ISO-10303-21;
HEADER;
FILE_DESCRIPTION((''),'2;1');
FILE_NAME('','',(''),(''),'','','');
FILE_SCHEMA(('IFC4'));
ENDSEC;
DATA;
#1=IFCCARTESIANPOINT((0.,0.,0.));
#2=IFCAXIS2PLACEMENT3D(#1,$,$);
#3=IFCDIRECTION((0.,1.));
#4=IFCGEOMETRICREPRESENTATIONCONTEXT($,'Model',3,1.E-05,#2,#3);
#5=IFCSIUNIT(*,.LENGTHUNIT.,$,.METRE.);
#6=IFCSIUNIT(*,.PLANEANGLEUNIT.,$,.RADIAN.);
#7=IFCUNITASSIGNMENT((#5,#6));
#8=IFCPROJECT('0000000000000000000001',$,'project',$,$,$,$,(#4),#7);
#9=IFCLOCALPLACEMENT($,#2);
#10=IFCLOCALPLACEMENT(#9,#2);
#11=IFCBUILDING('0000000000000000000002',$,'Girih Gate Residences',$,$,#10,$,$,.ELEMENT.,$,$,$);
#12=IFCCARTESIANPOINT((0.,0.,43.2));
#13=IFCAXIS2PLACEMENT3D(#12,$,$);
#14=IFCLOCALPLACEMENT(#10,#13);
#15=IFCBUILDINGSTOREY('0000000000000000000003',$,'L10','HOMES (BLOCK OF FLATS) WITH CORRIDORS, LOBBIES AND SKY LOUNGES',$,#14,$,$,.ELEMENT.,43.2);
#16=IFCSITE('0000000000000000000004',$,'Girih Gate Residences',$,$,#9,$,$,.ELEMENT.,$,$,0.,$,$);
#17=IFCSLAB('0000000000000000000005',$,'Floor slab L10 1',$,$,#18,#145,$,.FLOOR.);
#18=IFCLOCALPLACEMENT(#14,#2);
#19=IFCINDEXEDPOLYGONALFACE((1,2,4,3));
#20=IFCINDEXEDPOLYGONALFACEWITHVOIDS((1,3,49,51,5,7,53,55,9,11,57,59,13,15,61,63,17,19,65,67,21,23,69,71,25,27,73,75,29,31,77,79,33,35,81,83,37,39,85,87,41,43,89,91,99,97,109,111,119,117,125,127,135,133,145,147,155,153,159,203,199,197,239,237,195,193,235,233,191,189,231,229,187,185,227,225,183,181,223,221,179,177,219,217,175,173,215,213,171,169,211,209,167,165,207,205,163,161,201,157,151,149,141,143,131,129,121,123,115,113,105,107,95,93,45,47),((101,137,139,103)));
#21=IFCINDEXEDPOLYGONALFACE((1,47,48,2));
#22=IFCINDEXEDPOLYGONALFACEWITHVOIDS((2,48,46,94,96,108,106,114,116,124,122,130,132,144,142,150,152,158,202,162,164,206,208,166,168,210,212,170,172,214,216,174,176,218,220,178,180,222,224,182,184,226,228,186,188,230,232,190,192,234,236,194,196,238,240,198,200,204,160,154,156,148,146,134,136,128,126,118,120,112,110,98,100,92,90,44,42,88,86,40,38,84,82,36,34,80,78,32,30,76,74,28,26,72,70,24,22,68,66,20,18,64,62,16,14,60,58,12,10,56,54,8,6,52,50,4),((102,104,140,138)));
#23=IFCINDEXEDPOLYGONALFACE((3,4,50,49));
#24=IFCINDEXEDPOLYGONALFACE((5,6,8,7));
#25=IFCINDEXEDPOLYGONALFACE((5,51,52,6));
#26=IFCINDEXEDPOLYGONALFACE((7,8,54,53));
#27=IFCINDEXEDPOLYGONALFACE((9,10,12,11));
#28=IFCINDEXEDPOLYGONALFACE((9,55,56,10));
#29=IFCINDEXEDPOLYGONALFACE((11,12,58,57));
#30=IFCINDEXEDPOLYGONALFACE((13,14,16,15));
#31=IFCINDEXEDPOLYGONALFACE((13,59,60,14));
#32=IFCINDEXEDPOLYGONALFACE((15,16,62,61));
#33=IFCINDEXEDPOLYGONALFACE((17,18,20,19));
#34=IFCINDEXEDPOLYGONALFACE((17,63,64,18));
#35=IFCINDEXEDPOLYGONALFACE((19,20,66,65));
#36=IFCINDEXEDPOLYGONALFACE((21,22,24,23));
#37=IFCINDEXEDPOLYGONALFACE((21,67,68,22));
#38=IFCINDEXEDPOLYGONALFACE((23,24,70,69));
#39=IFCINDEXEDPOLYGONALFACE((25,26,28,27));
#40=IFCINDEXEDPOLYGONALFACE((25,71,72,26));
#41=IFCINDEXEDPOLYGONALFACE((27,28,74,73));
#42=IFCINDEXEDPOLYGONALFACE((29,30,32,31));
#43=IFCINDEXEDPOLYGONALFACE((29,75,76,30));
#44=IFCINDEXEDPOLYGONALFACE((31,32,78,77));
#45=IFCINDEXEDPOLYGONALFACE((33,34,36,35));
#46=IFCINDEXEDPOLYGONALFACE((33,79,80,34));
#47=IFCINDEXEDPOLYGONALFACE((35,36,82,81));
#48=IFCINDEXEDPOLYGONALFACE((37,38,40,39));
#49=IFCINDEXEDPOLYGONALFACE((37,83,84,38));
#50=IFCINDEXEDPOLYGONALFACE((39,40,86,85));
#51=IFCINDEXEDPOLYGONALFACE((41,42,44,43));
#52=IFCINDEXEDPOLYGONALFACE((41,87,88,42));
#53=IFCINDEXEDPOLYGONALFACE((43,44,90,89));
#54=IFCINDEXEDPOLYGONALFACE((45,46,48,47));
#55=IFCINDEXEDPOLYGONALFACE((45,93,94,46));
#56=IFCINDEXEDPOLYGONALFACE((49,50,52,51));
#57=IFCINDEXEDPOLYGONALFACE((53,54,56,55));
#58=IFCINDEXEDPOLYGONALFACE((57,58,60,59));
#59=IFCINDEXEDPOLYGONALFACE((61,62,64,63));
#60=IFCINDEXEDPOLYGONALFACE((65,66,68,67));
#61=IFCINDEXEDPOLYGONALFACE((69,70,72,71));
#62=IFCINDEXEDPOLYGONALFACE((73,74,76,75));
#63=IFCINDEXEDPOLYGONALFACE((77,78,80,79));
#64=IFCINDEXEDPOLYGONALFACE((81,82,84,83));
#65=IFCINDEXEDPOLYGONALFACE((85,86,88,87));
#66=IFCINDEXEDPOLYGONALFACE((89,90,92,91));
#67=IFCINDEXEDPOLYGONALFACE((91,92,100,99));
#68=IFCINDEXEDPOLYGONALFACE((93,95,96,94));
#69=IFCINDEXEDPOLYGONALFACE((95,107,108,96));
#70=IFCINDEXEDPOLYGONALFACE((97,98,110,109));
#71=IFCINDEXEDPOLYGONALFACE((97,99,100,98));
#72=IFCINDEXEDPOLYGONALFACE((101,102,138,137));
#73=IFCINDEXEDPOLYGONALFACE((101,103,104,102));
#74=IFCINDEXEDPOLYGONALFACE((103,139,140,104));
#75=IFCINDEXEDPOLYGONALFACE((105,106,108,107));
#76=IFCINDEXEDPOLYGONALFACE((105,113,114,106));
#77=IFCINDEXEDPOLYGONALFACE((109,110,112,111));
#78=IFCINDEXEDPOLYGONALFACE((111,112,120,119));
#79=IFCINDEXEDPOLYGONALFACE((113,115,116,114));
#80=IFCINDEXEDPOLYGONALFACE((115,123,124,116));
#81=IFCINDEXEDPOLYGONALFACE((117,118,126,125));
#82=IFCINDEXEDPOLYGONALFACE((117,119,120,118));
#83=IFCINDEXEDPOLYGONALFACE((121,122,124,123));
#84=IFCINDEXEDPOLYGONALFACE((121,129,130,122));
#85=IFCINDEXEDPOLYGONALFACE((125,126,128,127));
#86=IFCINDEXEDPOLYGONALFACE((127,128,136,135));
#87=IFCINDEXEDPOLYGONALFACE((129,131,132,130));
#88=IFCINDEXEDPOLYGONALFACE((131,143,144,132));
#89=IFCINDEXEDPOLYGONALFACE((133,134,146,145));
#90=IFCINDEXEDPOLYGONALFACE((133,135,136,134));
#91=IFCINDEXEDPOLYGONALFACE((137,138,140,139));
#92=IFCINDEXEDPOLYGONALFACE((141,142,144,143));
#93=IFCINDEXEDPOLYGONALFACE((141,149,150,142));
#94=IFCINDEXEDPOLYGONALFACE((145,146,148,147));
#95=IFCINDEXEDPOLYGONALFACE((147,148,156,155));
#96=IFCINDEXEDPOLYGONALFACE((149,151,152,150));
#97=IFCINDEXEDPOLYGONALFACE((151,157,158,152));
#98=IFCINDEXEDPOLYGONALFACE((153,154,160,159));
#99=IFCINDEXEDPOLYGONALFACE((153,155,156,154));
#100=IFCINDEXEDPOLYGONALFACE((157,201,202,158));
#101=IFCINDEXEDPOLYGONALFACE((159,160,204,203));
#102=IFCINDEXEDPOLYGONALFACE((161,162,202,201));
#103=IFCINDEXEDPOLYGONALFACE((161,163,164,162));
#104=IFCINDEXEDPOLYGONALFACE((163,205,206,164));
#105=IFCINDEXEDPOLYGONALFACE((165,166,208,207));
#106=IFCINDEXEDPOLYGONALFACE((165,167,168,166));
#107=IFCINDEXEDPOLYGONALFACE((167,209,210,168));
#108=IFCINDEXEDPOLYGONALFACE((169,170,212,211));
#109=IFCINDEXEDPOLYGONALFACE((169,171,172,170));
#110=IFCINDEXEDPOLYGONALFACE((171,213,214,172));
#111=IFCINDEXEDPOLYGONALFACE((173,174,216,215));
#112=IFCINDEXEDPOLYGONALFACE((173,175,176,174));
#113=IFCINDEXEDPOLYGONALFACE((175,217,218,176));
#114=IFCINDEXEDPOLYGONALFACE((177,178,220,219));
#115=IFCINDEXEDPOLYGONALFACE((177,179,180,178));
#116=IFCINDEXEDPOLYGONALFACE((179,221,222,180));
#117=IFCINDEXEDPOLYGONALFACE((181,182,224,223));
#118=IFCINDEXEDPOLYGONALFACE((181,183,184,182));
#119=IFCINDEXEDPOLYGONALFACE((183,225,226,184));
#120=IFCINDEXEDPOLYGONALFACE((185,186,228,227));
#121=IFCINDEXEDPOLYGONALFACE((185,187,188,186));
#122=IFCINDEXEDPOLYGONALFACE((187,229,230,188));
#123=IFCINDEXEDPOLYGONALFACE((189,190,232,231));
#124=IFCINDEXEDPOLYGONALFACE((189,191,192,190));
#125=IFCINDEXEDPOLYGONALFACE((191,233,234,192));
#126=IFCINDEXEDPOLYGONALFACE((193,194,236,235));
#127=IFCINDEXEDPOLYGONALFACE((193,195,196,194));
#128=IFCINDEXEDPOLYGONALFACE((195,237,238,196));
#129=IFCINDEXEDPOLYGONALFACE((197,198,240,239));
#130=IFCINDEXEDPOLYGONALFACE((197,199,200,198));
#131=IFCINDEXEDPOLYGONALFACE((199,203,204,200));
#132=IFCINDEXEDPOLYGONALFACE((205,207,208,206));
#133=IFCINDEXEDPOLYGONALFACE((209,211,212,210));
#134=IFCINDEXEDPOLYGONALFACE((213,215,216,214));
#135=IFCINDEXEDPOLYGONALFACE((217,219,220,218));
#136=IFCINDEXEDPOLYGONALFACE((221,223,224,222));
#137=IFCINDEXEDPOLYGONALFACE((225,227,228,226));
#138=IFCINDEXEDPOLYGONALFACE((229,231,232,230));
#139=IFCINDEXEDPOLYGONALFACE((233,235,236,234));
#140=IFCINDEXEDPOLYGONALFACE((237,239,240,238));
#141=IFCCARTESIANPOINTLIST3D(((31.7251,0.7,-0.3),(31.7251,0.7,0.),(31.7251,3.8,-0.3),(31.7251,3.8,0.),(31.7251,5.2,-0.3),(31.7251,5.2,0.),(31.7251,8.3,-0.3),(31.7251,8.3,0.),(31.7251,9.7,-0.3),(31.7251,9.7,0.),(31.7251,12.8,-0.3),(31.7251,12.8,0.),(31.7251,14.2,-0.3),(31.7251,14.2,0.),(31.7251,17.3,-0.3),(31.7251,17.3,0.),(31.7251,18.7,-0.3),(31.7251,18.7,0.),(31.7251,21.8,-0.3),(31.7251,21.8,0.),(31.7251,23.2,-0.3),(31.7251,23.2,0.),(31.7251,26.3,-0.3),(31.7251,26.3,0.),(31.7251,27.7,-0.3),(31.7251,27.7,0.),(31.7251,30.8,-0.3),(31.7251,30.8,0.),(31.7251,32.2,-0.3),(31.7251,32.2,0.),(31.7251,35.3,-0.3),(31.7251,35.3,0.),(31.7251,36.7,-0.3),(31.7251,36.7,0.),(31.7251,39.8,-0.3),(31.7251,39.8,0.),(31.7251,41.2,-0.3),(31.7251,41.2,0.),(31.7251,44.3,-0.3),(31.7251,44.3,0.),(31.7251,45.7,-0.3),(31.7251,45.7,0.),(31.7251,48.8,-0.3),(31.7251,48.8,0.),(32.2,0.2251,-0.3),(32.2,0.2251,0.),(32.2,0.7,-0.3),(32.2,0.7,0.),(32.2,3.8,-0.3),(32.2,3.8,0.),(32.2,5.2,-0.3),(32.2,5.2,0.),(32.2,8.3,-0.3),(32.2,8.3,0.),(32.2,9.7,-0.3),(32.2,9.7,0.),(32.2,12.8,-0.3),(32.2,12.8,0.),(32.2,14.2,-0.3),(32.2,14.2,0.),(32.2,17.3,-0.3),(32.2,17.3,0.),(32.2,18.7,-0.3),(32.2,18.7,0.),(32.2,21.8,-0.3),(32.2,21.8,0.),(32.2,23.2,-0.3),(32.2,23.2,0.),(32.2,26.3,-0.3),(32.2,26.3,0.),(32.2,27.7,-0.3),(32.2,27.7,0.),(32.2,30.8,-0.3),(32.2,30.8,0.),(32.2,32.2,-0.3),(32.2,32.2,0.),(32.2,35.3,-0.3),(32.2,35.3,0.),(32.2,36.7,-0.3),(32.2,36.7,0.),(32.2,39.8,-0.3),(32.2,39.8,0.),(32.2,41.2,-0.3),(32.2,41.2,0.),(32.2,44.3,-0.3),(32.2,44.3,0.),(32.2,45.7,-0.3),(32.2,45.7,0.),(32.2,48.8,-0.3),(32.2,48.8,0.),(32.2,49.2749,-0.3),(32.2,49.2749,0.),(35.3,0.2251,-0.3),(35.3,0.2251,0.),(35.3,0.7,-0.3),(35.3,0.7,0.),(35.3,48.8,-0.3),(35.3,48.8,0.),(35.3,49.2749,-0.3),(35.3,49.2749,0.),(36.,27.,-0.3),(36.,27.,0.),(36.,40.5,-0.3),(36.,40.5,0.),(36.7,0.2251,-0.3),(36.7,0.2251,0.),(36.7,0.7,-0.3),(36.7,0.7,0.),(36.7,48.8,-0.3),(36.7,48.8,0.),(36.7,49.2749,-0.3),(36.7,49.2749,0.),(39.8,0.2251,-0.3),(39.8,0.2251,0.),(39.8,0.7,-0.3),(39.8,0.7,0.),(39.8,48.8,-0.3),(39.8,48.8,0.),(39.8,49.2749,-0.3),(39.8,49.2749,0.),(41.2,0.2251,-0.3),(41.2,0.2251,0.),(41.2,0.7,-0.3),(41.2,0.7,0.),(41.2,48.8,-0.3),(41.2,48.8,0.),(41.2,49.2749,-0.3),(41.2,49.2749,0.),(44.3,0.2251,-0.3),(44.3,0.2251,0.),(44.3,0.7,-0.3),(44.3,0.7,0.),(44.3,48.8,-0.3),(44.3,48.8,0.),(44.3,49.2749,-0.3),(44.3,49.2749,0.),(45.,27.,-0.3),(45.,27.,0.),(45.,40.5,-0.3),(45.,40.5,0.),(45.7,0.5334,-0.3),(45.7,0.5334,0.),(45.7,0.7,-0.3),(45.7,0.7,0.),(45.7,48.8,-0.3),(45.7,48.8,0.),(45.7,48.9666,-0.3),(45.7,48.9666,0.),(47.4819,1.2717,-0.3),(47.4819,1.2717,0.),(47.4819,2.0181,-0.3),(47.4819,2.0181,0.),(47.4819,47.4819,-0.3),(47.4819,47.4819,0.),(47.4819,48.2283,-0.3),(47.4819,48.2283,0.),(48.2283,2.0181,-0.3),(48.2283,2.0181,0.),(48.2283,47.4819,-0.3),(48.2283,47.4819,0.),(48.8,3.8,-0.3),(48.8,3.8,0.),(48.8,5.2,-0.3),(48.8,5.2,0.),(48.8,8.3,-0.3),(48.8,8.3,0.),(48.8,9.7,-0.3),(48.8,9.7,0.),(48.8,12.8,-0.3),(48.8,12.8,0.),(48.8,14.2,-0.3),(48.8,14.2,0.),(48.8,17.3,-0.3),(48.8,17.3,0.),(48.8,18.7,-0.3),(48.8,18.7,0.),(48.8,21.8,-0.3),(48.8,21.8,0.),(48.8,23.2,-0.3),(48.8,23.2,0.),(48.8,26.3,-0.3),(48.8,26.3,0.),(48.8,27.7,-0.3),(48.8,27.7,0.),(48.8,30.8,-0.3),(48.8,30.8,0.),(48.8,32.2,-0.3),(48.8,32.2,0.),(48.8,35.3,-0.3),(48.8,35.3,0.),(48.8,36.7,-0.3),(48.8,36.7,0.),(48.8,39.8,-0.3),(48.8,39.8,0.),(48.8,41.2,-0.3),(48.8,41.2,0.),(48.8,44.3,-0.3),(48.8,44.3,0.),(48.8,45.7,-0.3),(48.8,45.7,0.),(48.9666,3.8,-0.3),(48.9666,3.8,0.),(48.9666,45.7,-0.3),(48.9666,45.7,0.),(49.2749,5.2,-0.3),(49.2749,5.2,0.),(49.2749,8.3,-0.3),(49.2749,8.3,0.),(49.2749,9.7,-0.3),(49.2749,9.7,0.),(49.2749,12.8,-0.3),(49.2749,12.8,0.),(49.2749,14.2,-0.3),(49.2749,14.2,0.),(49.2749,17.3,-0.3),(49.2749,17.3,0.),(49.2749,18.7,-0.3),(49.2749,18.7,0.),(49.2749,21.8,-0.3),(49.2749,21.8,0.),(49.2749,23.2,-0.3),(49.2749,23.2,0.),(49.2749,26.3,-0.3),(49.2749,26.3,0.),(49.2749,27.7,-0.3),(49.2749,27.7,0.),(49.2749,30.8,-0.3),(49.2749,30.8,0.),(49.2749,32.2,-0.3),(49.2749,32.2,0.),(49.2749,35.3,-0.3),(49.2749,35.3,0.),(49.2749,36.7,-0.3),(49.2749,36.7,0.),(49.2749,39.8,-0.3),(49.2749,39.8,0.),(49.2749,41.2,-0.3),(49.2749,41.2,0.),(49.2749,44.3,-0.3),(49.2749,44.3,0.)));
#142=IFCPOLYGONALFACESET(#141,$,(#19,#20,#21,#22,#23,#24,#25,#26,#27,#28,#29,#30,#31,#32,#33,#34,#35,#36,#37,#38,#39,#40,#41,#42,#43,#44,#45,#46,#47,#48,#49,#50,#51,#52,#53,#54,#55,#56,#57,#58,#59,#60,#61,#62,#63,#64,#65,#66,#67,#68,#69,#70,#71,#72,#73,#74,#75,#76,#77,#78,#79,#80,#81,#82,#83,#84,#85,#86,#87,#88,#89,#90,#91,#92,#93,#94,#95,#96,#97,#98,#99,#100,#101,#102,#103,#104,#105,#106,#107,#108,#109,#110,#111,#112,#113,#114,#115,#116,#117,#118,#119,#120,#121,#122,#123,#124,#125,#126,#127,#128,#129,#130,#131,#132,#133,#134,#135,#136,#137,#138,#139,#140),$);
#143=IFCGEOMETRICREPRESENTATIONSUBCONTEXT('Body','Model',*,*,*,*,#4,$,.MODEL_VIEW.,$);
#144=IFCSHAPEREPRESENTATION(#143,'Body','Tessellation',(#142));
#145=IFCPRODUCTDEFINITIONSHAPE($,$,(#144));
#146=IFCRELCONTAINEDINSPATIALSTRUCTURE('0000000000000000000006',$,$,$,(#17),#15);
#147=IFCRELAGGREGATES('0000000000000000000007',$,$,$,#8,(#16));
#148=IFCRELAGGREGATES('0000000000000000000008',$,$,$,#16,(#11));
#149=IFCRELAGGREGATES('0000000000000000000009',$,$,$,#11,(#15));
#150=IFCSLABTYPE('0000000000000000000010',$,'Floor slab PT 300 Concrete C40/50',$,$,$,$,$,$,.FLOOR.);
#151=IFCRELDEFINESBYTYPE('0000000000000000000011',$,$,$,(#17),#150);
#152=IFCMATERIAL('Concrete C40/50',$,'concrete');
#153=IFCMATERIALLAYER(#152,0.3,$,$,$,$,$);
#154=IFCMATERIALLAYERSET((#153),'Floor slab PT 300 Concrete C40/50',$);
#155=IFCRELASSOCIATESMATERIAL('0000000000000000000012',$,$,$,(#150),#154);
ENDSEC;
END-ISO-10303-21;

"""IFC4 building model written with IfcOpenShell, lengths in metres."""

from ifc_helpers import new_model, si_unit, direction, frame, origin, place, context, subcontext, project, spatial, polyline, outline, extrude, material, layer, layer_set, type_object, element, save


model = new_model("IFC4")

# Units and contexts
model_context = context("Model", 3, precision=1e-05, world=origin(), true_north=direction((0.0, 1.0)))
body_context = subcontext(model_context, "Body", "Model", "MODEL_VIEW")
ifc_project = project(units=[si_unit("LENGTHUNIT", "METRE"), si_unit("PLANEANGLEUNIT", "RADIAN")], contexts=[model_context])

# Site, building, storey
site_placement = place(None, origin())
site = spatial("IfcSite", under=ifc_project, at=site_placement, Name="Girih Gate Residences", CompositionType="ELEMENT", RefElevation=0.0)
building_placement = place(site_placement, origin())
building = spatial("IfcBuilding", under=site, at=building_placement, Name="Girih Gate Residences", CompositionType="ELEMENT")
storey_placement = place(building_placement, frame((0.0, 0.0, 43.2)))
storey = spatial("IfcBuildingStorey", under=building, at=storey_placement, Name="L10", Description="HOMES (BLOCK OF FLATS) WITH CORRIDORS, LOBBIES AND SKY LOUNGES", CompositionType="ELEMENT", Elevation=43.2)

# Slab
ifc_material_1 = material(Name="Concrete C40/50", Category="concrete")
ifc_layer_1 = layer(ifc_material_1, 0.3)
ifc_layer_set_1 = layer_set([ifc_layer_1], Name="Floor slab PT 300 Concrete C40/50")
slab_type_1 = type_object("IfcSlabType", Name="Floor slab PT 300 Concrete C40/50", PredefinedType="FLOOR", material=ifc_layer_set_1)
slab_1_placement = place(storey_placement, frame((0.0, 0.0, -0.3)))
element("IfcSlab", 1, at=slab_1_placement, inside=storey, type_object=slab_type_1, Name="Floor slab L10 1", PredefinedType="FLOOR", context=body_context, shape_type="SweptSolid", body=[
    extrude(outline(polyline([(35.3, 49.2749), (32.2, 49.2749), (32.2, 48.8), (31.7251, 48.8), (31.7251, 45.7), (32.2, 45.7), (32.2, 44.3), (31.7251, 44.3), (31.7251, 41.2), (32.2, 41.2), (32.2, 39.8), (31.7251, 39.8), (31.7251, 36.7), (32.2, 36.7), (32.2, 35.3), (31.7251, 35.3), (31.7251, 32.2), (32.2, 32.2), (32.2, 30.8), (31.7251, 30.8), (31.7251, 27.7), (32.2, 27.7), (32.2, 26.3), (31.7251, 26.3), (31.7251, 23.2), (32.2, 23.2), (32.2, 21.8), (31.7251, 21.8), (31.7251, 18.7), (32.2, 18.7), (32.2, 17.3), (31.7251, 17.3), (31.7251, 14.2), (32.2, 14.2), (32.2, 12.8), (31.7251, 12.8), (31.7251, 9.7), (32.2, 9.7), (32.2, 8.3), (31.7251, 8.3), (31.7251, 5.2), (32.2, 5.2), (32.2, 3.8), (31.7251, 3.8), (31.7251, 0.7), (32.2, 0.7), (32.2, 0.2251), (35.3, 0.2251), (35.3, 0.7), (36.7, 0.7), (36.7, 0.2251), (39.8, 0.2251), (39.8, 0.7), (41.2, 0.7), (41.2, 0.2251), (44.3, 0.2251), (44.3, 0.7), (45.7, 0.7), (45.7, 0.5334), (47.4819, 1.2717), (47.4819, 2.0181), (48.2283, 2.0181), (48.9666, 3.8), (48.8, 3.8), (48.8, 5.2), (49.2749, 5.2), (49.2749, 8.3), (48.8, 8.3), (48.8, 9.7), (49.2749, 9.7), (49.2749, 12.8), (48.8, 12.8), (48.8, 14.2), (49.2749, 14.2), (49.2749, 17.3), (48.8, 17.3), (48.8, 18.7), (49.2749, 18.7), (49.2749, 21.8), (48.8, 21.8), (48.8, 23.2), (49.2749, 23.2), (49.2749, 26.3), (48.8, 26.3), (48.8, 27.7), (49.2749, 27.7), (49.2749, 30.8), (48.8, 30.8), (48.8, 32.2), (49.2749, 32.2), (49.2749, 35.3), (48.8, 35.3), (48.8, 36.7), (49.2749, 36.7), (49.2749, 39.8), (48.8, 39.8), (48.8, 41.2), (49.2749, 41.2), (49.2749, 44.3), (48.8, 44.3), (48.8, 45.7), (48.9666, 45.7), (48.2283, 47.4819), (47.4819, 47.4819), (47.4819, 48.2283), (45.7, 48.9666), (45.7, 48.8), (44.3, 48.8), (44.3, 49.2749), (41.2, 49.2749), (41.2, 48.8), (39.8, 48.8), (39.8, 49.2749), (36.7, 49.2749), (36.7, 48.8), (35.3, 48.8), (35.3, 49.2749)]), holes=[polyline([(45.0, 40.5), (45.0, 27.0), (36.0, 27.0), (36.0, 40.5), (45.0, 40.5)])]), origin(), (0.0, 0.0, 1.0), 0.3),
])

save(model, "model.ifc")
